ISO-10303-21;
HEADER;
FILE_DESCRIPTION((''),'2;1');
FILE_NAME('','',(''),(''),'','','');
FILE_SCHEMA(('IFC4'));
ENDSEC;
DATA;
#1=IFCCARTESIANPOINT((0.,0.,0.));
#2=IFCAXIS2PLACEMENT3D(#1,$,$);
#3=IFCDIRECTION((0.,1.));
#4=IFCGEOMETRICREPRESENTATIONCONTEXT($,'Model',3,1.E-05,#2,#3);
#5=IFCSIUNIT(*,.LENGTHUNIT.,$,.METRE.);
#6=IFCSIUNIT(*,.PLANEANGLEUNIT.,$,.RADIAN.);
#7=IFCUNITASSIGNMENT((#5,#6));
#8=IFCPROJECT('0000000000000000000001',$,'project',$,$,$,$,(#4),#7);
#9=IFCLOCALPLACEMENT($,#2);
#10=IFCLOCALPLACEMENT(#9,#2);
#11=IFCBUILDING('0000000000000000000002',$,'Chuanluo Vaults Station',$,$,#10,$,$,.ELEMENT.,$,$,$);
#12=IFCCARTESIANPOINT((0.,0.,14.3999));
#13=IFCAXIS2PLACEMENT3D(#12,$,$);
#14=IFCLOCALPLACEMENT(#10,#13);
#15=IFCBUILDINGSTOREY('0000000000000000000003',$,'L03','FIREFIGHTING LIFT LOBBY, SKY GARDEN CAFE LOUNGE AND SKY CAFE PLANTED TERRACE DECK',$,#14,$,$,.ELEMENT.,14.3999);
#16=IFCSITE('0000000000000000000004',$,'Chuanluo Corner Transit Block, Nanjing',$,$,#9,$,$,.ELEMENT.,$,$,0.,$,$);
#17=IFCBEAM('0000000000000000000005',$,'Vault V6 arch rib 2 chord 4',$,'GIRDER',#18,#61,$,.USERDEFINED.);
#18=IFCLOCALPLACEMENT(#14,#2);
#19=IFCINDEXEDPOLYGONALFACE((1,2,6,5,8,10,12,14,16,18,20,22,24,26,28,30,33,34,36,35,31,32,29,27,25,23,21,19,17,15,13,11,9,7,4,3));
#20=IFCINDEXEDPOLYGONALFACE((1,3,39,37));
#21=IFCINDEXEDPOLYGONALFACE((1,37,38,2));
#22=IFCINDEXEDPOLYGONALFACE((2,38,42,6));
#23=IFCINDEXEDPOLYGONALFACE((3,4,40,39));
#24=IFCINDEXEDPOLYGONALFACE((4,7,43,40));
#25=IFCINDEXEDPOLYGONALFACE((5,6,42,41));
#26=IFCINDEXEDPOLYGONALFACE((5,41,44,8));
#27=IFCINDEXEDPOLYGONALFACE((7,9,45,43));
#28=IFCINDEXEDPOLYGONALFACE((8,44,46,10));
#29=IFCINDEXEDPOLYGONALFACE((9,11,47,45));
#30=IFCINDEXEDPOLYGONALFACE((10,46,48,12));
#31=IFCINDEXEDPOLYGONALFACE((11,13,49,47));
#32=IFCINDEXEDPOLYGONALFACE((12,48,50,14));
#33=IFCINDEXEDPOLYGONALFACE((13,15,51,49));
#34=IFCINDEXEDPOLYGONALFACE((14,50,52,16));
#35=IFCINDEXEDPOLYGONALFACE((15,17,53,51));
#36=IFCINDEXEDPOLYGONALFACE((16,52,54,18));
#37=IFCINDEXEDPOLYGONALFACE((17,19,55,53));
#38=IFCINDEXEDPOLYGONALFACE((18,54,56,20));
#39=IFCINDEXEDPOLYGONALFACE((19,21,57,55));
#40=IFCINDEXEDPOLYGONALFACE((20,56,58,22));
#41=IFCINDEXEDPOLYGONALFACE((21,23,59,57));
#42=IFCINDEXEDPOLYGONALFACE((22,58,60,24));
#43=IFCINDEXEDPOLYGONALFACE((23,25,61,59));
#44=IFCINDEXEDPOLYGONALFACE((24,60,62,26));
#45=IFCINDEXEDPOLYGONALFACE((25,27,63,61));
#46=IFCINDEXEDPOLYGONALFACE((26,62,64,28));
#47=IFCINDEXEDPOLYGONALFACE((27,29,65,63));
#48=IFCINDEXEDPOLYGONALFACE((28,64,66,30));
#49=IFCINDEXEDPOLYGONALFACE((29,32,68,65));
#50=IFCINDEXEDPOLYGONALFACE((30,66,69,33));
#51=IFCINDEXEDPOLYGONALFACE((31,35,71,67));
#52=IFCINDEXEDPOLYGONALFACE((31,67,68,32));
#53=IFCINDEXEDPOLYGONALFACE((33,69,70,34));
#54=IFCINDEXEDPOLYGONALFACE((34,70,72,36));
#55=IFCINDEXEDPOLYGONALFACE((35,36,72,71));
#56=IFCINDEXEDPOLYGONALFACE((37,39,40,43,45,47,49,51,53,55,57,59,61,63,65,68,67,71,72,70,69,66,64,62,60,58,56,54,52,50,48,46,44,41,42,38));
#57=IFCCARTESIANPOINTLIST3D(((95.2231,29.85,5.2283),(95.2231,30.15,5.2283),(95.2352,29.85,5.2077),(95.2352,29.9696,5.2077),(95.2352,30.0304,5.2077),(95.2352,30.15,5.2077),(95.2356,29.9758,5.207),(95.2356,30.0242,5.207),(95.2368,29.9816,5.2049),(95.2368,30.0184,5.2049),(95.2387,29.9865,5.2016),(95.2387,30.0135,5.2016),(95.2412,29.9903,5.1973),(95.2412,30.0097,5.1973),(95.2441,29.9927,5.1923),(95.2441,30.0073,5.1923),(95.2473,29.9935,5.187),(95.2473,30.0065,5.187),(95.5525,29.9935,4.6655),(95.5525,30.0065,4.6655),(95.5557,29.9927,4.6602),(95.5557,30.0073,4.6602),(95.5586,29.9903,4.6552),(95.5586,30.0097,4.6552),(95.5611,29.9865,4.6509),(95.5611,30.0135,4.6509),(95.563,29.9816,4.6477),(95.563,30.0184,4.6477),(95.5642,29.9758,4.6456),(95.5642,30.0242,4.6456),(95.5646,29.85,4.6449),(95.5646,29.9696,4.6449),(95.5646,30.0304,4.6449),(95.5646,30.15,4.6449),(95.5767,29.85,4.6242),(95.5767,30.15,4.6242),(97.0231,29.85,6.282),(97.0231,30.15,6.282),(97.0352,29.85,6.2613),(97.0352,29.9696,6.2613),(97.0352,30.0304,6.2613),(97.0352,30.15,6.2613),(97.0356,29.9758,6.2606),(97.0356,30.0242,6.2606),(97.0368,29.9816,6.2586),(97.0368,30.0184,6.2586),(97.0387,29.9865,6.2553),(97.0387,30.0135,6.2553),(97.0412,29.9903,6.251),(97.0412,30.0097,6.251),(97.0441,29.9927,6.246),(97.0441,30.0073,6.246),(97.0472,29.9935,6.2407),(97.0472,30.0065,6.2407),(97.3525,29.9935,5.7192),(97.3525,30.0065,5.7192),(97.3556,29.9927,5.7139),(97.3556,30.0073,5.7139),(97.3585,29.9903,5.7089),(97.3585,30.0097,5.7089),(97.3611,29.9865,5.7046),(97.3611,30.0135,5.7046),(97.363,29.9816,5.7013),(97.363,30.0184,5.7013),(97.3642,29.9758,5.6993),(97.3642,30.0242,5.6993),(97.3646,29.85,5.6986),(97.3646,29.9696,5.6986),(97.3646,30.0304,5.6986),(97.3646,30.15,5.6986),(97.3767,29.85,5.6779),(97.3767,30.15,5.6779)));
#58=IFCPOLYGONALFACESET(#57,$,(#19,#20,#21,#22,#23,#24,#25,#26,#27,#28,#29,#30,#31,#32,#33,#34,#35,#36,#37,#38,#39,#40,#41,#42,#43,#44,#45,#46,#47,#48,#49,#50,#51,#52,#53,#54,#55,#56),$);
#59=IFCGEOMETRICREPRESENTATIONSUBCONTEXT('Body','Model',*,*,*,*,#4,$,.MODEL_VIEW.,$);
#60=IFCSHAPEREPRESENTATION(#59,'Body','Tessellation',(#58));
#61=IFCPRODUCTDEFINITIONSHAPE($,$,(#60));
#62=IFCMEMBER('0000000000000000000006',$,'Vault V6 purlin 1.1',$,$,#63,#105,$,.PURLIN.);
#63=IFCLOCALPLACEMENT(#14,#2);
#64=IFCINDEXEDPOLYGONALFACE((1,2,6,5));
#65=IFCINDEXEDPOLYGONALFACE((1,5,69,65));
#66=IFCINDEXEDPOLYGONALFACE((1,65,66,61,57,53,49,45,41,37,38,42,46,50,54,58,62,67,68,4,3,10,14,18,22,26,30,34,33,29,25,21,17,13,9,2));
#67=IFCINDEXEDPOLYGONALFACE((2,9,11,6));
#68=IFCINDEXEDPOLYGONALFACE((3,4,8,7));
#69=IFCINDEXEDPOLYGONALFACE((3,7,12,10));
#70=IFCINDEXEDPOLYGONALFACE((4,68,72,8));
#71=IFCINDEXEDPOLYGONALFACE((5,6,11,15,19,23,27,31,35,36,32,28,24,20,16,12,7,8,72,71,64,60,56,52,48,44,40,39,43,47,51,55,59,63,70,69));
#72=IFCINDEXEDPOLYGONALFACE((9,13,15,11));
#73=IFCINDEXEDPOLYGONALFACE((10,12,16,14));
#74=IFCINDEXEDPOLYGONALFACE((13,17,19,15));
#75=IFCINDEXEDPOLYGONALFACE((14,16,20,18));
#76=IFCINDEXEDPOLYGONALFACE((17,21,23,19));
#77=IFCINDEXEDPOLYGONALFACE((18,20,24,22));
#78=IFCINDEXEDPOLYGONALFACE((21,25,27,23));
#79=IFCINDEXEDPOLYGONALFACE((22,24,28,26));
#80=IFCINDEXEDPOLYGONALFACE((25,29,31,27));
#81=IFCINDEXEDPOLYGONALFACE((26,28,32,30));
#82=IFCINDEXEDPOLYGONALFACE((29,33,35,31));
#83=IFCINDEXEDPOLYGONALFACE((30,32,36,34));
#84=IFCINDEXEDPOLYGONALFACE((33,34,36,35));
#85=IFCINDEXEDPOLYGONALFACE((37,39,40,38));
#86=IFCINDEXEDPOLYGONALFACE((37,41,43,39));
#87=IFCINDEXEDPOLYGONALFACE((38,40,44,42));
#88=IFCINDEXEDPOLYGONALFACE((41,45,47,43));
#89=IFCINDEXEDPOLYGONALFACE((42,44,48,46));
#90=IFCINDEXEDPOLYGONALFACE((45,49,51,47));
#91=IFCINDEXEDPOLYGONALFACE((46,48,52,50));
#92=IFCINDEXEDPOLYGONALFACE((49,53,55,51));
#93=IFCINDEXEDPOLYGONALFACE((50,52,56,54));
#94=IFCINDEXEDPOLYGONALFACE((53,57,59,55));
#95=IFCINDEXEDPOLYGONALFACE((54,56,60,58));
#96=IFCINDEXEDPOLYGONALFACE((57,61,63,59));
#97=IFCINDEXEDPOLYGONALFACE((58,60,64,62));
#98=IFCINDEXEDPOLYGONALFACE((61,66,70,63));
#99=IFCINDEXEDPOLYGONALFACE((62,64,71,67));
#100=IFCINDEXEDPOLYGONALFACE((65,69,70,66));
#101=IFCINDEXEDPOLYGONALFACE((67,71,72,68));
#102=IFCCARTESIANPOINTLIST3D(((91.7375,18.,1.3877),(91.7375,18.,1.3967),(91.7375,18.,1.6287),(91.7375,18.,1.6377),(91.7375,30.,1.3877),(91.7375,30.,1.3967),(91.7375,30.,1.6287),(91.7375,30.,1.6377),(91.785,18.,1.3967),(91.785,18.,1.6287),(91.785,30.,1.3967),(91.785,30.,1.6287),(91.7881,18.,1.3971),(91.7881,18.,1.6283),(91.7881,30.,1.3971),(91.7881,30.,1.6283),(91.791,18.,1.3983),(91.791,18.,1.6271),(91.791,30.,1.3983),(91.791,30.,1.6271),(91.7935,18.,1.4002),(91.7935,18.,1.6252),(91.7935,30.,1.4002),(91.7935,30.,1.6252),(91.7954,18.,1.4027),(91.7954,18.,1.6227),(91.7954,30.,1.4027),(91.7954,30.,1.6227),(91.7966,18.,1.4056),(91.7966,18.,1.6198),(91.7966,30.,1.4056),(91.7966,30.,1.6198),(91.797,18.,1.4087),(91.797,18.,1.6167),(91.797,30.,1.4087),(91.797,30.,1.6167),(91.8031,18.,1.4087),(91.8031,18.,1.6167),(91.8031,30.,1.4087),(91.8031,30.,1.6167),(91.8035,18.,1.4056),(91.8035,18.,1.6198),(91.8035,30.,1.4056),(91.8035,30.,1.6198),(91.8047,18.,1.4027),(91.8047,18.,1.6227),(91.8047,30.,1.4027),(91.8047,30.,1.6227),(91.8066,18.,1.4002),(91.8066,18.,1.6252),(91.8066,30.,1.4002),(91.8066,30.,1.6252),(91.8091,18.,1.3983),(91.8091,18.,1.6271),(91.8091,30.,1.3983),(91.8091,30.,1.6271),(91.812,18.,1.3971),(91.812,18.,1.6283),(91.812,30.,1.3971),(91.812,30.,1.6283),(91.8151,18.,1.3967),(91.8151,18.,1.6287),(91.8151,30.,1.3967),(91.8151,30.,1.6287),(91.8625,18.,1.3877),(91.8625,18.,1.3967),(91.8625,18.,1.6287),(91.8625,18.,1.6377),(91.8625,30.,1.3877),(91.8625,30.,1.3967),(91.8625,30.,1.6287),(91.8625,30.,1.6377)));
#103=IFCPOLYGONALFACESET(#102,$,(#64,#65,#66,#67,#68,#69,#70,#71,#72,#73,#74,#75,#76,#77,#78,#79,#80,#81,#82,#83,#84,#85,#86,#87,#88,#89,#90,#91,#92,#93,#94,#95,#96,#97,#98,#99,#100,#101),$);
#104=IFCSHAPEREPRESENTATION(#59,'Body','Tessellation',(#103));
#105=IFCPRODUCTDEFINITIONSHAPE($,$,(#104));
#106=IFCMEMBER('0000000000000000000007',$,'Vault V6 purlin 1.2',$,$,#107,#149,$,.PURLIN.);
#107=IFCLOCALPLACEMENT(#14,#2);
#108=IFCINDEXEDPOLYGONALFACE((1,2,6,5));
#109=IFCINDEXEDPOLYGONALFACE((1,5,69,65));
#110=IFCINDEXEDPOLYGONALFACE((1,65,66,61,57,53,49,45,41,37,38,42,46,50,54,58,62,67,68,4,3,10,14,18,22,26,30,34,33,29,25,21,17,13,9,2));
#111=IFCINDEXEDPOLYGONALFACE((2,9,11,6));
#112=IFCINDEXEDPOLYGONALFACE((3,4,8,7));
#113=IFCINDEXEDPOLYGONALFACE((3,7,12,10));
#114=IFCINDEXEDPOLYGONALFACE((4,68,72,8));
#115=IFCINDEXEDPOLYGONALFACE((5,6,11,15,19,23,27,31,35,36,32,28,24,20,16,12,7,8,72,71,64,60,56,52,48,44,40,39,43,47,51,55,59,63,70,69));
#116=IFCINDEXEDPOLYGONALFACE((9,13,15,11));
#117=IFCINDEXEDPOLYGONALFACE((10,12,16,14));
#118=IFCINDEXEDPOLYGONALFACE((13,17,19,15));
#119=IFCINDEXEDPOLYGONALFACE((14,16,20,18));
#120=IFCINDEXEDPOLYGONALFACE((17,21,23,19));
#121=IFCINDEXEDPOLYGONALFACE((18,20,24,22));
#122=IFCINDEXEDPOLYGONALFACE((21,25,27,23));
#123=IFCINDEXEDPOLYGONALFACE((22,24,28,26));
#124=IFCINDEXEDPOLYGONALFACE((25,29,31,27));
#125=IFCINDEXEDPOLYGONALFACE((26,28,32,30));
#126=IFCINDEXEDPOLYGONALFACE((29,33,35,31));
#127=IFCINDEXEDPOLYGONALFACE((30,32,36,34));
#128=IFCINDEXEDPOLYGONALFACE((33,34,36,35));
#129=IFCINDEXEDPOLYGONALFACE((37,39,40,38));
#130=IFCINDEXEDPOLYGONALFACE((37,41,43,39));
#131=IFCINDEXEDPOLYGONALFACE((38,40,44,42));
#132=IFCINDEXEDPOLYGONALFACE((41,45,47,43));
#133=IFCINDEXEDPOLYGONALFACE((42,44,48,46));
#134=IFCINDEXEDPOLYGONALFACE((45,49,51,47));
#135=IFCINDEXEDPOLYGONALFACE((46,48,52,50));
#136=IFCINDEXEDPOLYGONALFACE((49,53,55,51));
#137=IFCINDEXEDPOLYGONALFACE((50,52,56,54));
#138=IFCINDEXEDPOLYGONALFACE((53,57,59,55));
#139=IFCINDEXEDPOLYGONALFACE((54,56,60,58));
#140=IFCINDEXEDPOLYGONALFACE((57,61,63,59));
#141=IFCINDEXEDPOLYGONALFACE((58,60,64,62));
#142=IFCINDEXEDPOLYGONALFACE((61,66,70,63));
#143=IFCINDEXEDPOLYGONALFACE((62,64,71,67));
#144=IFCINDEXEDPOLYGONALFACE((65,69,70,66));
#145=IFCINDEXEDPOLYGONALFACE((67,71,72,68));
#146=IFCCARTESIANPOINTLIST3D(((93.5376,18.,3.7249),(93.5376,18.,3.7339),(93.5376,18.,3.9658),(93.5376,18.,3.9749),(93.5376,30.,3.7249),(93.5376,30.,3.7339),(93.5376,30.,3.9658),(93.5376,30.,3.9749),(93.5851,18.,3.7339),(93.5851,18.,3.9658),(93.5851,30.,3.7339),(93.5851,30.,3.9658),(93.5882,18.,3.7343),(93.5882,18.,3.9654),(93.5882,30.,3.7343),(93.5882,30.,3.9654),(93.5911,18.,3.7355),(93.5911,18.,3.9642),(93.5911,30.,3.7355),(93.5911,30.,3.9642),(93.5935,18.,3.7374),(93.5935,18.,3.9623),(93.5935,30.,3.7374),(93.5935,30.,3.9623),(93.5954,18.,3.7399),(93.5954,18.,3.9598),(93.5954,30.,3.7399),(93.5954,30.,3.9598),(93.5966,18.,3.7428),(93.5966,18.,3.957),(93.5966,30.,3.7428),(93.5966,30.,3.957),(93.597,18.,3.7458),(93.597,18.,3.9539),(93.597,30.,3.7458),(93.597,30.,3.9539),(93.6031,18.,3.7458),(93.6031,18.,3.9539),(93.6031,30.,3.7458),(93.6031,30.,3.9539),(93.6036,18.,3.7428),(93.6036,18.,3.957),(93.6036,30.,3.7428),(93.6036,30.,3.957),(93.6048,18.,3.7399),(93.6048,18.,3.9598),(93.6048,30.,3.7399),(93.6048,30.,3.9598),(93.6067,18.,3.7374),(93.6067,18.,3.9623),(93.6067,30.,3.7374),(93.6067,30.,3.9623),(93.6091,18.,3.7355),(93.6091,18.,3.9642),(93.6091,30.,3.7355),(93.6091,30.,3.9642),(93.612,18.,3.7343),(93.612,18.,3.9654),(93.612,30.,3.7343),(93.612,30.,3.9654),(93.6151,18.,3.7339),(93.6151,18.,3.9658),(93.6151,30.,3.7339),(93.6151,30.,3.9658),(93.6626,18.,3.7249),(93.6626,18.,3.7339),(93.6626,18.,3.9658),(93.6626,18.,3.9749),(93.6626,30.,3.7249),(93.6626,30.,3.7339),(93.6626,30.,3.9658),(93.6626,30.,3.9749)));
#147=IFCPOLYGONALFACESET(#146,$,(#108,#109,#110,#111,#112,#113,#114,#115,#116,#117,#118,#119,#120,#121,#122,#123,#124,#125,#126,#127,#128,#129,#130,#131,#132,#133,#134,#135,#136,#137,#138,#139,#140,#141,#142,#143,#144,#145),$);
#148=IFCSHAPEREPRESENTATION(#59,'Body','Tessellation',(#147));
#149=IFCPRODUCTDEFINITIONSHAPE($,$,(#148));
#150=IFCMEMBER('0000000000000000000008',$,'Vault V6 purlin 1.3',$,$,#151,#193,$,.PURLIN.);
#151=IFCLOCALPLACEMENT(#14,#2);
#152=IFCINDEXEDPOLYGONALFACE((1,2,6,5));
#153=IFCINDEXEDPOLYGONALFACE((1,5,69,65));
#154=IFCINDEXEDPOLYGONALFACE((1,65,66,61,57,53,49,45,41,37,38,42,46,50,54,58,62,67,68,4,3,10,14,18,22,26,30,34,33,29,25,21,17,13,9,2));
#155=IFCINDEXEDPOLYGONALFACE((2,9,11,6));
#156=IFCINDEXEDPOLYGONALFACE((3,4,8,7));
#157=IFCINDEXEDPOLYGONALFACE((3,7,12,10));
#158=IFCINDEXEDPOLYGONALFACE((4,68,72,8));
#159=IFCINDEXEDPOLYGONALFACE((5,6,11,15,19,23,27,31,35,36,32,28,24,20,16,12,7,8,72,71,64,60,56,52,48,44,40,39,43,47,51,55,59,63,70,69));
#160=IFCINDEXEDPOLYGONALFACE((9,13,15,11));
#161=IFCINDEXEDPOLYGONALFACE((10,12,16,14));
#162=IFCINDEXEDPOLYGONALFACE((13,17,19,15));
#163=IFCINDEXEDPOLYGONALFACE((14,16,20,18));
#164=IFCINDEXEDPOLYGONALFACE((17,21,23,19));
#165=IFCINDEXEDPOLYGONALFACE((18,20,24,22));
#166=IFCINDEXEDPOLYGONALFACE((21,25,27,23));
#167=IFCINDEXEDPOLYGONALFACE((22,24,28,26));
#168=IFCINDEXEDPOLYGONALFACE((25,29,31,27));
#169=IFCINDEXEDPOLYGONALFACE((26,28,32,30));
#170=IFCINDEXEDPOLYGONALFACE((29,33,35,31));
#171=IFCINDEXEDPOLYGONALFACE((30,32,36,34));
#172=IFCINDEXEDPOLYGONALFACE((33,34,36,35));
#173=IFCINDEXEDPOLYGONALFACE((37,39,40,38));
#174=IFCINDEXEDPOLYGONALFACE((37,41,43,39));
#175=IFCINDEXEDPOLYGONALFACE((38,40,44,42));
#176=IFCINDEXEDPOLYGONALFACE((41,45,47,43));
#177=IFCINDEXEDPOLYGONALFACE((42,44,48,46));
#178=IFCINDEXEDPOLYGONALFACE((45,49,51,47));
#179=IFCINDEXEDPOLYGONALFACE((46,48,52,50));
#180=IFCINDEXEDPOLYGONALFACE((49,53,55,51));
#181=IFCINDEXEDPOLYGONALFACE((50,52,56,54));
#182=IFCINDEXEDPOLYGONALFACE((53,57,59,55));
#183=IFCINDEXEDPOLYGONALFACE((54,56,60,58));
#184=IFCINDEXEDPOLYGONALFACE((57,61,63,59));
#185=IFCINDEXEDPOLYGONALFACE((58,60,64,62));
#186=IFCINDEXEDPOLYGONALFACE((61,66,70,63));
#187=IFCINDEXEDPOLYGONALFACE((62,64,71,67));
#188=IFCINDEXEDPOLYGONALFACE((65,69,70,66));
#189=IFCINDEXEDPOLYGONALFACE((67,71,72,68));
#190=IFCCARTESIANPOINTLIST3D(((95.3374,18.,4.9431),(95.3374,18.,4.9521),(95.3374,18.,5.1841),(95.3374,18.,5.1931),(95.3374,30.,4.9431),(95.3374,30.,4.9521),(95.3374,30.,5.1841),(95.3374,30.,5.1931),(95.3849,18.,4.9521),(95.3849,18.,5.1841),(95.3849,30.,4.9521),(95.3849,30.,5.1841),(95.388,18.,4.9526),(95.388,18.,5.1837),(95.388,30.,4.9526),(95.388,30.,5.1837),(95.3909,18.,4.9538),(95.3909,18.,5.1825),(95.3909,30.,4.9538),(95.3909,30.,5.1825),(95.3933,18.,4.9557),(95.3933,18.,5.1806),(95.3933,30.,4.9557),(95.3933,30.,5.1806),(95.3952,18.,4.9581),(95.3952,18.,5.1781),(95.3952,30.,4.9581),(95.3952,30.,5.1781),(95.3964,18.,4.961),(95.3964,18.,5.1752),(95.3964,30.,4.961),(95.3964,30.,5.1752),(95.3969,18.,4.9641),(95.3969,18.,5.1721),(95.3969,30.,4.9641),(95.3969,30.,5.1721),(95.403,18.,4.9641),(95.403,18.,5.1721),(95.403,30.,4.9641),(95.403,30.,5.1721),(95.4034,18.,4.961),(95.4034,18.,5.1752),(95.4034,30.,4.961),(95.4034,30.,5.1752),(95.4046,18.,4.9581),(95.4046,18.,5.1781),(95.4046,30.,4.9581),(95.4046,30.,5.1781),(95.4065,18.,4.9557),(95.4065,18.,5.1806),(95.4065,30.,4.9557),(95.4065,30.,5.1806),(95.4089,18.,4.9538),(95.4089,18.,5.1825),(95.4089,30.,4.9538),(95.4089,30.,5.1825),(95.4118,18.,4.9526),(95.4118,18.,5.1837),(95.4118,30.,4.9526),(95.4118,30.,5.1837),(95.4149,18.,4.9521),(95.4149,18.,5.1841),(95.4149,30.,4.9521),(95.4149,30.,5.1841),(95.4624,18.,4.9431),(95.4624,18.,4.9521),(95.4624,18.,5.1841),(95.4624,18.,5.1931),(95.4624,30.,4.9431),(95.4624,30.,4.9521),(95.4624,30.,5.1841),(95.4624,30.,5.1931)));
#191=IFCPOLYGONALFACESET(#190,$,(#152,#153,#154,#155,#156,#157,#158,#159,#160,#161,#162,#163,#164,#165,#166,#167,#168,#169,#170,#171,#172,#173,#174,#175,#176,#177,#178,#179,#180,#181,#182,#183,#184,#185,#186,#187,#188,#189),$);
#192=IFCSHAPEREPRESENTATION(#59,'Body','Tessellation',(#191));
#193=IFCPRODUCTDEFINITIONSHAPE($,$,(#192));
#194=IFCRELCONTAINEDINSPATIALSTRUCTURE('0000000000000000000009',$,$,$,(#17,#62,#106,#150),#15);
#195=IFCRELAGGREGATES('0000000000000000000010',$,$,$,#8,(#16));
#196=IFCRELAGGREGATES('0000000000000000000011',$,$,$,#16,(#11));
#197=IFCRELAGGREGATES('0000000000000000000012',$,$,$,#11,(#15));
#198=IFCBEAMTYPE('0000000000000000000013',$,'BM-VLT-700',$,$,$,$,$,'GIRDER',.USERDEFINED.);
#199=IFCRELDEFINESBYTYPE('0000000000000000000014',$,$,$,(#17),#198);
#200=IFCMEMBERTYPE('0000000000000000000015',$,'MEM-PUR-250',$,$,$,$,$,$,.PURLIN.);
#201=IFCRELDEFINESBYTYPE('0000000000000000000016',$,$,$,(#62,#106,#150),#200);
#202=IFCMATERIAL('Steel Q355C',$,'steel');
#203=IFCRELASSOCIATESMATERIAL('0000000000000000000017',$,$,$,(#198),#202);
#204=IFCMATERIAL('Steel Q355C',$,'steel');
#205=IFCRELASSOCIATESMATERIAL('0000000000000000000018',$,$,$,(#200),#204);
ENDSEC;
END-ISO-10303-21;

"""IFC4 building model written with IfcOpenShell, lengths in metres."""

from ifc_helpers import new_model, si_unit, direction, frame, origin, origin_2d, place, context, subcontext, project, spatial, i_section, extrude, material, material_profile, profile_set, type_object, element, save


model = new_model("IFC4")

# Units and contexts
model_context = context("Model", 3, precision=1e-05, world=origin(), true_north=direction((0.0, 1.0)))
body_context = subcontext(model_context, "Body", "Model", "MODEL_VIEW")
ifc_project = project(units=[si_unit("LENGTHUNIT", "METRE"), si_unit("PLANEANGLEUNIT", "RADIAN")], contexts=[model_context])

# Site, building, storey
site_placement = place(None, origin())
site = spatial("IfcSite", under=ifc_project, at=site_placement, Name="Chuanluo Corner Transit Block, Nanjing", CompositionType="ELEMENT", RefElevation=0.0)
building_placement = place(site_placement, origin())
building = spatial("IfcBuilding", under=site, at=building_placement, Name="Chuanluo Vaults Station", CompositionType="ELEMENT")
storey_placement = place(building_placement, frame((0.0, 0.0, 14.3999)))
storey = spatial("IfcBuildingStorey", under=building, at=storey_placement, Name="L03", Description="FIREFIGHTING LIFT LOBBY, SKY GARDEN CAFE LOUNGE AND SKY CAFE PLANTED TERRACE DECK", CompositionType="ELEMENT", Elevation=14.3999)

# Beam
ifc_material_1 = material(Name="Steel Q355C", Category="steel")
ifc_material_profile_1 = material_profile(ifc_material_1, i_section(OverallWidth=0.3, OverallDepth=0.7, WebThickness=0.0129, FlangeThickness=0.0239, FilletRadius=0.0239, at=origin_2d()))
ifc_profile_set_1 = profile_set([ifc_material_profile_1], Name="Steel Q355C")
beam_type_1 = type_object("IfcBeamType", Name="BM-VLT-700", ElementType="GIRDER", PredefinedType="USERDEFINED", material=ifc_profile_set_1)
beam_1_placement = place(storey_placement, frame((95.3999, 30.0, 4.9263), z_axis=(0.863009, 0.0, 0.505188), x_axis=(0.0, 1.0, 0.0)))
element("IfcBeam", 1, at=beam_1_placement, inside=storey, type_object=beam_type_1, Name="Vault V6 arch rib 2 chord 4", ObjectType="GIRDER", PredefinedType="USERDEFINED", context=body_context, shape_type="SweptSolid", body=[
    extrude(i_section(OverallWidth=0.3, OverallDepth=0.7, WebThickness=0.0129, FlangeThickness=0.0239, FilletRadius=0.0239, at=origin_2d()), origin(), (0.0, 0.0, 1.0), 2.0857),
])

# Members
ifc_material_2 = material(Name="Steel Q355C", Category="steel")
ifc_material_profile_2 = material_profile(ifc_material_2, i_section(OverallWidth=0.125, OverallDepth=0.25, WebThickness=0.0061, FlangeThickness=0.009, FilletRadius=0.012, at=origin_2d()))
ifc_profile_set_2 = profile_set([ifc_material_profile_2], Name="Steel Q355C")
member_type_1 = type_object("IfcMemberType", Name="MEM-PUR-250", PredefinedType="PURLIN", material=ifc_profile_set_2)
for number, where, z_axis, x_axis, name in (
    (2, (91.8, 18.0, 1.5127), (0.0, 1.0, 0.0), (-1.0, 0.0, 0.0), "Vault V6 purlin 1.1"),
    (3, (93.6001, 18.0, 3.8499), (0.0, 1.0, 0.0), (-1.0, 0.0, 0.0), "Vault V6 purlin 1.2"),
    (4, (95.3999, 18.0, 5.0681), (0.0, 1.0, 0.0), (-1.0, 0.0, 0.0), "Vault V6 purlin 1.3"),
):
    element("IfcMember", number, at=place(storey_placement, frame(where, z_axis=z_axis, x_axis=x_axis)), inside=storey, type_object=member_type_1, Name=name, PredefinedType="PURLIN", context=body_context, shape_type="SweptSolid", body=[
        extrude(i_section(OverallWidth=0.125, OverallDepth=0.25, WebThickness=0.0061, FlangeThickness=0.009, FilletRadius=0.012, at=origin_2d()), origin(), (0.0, 0.0, 1.0), 12.0),
    ])

save(model, "model.ifc")
